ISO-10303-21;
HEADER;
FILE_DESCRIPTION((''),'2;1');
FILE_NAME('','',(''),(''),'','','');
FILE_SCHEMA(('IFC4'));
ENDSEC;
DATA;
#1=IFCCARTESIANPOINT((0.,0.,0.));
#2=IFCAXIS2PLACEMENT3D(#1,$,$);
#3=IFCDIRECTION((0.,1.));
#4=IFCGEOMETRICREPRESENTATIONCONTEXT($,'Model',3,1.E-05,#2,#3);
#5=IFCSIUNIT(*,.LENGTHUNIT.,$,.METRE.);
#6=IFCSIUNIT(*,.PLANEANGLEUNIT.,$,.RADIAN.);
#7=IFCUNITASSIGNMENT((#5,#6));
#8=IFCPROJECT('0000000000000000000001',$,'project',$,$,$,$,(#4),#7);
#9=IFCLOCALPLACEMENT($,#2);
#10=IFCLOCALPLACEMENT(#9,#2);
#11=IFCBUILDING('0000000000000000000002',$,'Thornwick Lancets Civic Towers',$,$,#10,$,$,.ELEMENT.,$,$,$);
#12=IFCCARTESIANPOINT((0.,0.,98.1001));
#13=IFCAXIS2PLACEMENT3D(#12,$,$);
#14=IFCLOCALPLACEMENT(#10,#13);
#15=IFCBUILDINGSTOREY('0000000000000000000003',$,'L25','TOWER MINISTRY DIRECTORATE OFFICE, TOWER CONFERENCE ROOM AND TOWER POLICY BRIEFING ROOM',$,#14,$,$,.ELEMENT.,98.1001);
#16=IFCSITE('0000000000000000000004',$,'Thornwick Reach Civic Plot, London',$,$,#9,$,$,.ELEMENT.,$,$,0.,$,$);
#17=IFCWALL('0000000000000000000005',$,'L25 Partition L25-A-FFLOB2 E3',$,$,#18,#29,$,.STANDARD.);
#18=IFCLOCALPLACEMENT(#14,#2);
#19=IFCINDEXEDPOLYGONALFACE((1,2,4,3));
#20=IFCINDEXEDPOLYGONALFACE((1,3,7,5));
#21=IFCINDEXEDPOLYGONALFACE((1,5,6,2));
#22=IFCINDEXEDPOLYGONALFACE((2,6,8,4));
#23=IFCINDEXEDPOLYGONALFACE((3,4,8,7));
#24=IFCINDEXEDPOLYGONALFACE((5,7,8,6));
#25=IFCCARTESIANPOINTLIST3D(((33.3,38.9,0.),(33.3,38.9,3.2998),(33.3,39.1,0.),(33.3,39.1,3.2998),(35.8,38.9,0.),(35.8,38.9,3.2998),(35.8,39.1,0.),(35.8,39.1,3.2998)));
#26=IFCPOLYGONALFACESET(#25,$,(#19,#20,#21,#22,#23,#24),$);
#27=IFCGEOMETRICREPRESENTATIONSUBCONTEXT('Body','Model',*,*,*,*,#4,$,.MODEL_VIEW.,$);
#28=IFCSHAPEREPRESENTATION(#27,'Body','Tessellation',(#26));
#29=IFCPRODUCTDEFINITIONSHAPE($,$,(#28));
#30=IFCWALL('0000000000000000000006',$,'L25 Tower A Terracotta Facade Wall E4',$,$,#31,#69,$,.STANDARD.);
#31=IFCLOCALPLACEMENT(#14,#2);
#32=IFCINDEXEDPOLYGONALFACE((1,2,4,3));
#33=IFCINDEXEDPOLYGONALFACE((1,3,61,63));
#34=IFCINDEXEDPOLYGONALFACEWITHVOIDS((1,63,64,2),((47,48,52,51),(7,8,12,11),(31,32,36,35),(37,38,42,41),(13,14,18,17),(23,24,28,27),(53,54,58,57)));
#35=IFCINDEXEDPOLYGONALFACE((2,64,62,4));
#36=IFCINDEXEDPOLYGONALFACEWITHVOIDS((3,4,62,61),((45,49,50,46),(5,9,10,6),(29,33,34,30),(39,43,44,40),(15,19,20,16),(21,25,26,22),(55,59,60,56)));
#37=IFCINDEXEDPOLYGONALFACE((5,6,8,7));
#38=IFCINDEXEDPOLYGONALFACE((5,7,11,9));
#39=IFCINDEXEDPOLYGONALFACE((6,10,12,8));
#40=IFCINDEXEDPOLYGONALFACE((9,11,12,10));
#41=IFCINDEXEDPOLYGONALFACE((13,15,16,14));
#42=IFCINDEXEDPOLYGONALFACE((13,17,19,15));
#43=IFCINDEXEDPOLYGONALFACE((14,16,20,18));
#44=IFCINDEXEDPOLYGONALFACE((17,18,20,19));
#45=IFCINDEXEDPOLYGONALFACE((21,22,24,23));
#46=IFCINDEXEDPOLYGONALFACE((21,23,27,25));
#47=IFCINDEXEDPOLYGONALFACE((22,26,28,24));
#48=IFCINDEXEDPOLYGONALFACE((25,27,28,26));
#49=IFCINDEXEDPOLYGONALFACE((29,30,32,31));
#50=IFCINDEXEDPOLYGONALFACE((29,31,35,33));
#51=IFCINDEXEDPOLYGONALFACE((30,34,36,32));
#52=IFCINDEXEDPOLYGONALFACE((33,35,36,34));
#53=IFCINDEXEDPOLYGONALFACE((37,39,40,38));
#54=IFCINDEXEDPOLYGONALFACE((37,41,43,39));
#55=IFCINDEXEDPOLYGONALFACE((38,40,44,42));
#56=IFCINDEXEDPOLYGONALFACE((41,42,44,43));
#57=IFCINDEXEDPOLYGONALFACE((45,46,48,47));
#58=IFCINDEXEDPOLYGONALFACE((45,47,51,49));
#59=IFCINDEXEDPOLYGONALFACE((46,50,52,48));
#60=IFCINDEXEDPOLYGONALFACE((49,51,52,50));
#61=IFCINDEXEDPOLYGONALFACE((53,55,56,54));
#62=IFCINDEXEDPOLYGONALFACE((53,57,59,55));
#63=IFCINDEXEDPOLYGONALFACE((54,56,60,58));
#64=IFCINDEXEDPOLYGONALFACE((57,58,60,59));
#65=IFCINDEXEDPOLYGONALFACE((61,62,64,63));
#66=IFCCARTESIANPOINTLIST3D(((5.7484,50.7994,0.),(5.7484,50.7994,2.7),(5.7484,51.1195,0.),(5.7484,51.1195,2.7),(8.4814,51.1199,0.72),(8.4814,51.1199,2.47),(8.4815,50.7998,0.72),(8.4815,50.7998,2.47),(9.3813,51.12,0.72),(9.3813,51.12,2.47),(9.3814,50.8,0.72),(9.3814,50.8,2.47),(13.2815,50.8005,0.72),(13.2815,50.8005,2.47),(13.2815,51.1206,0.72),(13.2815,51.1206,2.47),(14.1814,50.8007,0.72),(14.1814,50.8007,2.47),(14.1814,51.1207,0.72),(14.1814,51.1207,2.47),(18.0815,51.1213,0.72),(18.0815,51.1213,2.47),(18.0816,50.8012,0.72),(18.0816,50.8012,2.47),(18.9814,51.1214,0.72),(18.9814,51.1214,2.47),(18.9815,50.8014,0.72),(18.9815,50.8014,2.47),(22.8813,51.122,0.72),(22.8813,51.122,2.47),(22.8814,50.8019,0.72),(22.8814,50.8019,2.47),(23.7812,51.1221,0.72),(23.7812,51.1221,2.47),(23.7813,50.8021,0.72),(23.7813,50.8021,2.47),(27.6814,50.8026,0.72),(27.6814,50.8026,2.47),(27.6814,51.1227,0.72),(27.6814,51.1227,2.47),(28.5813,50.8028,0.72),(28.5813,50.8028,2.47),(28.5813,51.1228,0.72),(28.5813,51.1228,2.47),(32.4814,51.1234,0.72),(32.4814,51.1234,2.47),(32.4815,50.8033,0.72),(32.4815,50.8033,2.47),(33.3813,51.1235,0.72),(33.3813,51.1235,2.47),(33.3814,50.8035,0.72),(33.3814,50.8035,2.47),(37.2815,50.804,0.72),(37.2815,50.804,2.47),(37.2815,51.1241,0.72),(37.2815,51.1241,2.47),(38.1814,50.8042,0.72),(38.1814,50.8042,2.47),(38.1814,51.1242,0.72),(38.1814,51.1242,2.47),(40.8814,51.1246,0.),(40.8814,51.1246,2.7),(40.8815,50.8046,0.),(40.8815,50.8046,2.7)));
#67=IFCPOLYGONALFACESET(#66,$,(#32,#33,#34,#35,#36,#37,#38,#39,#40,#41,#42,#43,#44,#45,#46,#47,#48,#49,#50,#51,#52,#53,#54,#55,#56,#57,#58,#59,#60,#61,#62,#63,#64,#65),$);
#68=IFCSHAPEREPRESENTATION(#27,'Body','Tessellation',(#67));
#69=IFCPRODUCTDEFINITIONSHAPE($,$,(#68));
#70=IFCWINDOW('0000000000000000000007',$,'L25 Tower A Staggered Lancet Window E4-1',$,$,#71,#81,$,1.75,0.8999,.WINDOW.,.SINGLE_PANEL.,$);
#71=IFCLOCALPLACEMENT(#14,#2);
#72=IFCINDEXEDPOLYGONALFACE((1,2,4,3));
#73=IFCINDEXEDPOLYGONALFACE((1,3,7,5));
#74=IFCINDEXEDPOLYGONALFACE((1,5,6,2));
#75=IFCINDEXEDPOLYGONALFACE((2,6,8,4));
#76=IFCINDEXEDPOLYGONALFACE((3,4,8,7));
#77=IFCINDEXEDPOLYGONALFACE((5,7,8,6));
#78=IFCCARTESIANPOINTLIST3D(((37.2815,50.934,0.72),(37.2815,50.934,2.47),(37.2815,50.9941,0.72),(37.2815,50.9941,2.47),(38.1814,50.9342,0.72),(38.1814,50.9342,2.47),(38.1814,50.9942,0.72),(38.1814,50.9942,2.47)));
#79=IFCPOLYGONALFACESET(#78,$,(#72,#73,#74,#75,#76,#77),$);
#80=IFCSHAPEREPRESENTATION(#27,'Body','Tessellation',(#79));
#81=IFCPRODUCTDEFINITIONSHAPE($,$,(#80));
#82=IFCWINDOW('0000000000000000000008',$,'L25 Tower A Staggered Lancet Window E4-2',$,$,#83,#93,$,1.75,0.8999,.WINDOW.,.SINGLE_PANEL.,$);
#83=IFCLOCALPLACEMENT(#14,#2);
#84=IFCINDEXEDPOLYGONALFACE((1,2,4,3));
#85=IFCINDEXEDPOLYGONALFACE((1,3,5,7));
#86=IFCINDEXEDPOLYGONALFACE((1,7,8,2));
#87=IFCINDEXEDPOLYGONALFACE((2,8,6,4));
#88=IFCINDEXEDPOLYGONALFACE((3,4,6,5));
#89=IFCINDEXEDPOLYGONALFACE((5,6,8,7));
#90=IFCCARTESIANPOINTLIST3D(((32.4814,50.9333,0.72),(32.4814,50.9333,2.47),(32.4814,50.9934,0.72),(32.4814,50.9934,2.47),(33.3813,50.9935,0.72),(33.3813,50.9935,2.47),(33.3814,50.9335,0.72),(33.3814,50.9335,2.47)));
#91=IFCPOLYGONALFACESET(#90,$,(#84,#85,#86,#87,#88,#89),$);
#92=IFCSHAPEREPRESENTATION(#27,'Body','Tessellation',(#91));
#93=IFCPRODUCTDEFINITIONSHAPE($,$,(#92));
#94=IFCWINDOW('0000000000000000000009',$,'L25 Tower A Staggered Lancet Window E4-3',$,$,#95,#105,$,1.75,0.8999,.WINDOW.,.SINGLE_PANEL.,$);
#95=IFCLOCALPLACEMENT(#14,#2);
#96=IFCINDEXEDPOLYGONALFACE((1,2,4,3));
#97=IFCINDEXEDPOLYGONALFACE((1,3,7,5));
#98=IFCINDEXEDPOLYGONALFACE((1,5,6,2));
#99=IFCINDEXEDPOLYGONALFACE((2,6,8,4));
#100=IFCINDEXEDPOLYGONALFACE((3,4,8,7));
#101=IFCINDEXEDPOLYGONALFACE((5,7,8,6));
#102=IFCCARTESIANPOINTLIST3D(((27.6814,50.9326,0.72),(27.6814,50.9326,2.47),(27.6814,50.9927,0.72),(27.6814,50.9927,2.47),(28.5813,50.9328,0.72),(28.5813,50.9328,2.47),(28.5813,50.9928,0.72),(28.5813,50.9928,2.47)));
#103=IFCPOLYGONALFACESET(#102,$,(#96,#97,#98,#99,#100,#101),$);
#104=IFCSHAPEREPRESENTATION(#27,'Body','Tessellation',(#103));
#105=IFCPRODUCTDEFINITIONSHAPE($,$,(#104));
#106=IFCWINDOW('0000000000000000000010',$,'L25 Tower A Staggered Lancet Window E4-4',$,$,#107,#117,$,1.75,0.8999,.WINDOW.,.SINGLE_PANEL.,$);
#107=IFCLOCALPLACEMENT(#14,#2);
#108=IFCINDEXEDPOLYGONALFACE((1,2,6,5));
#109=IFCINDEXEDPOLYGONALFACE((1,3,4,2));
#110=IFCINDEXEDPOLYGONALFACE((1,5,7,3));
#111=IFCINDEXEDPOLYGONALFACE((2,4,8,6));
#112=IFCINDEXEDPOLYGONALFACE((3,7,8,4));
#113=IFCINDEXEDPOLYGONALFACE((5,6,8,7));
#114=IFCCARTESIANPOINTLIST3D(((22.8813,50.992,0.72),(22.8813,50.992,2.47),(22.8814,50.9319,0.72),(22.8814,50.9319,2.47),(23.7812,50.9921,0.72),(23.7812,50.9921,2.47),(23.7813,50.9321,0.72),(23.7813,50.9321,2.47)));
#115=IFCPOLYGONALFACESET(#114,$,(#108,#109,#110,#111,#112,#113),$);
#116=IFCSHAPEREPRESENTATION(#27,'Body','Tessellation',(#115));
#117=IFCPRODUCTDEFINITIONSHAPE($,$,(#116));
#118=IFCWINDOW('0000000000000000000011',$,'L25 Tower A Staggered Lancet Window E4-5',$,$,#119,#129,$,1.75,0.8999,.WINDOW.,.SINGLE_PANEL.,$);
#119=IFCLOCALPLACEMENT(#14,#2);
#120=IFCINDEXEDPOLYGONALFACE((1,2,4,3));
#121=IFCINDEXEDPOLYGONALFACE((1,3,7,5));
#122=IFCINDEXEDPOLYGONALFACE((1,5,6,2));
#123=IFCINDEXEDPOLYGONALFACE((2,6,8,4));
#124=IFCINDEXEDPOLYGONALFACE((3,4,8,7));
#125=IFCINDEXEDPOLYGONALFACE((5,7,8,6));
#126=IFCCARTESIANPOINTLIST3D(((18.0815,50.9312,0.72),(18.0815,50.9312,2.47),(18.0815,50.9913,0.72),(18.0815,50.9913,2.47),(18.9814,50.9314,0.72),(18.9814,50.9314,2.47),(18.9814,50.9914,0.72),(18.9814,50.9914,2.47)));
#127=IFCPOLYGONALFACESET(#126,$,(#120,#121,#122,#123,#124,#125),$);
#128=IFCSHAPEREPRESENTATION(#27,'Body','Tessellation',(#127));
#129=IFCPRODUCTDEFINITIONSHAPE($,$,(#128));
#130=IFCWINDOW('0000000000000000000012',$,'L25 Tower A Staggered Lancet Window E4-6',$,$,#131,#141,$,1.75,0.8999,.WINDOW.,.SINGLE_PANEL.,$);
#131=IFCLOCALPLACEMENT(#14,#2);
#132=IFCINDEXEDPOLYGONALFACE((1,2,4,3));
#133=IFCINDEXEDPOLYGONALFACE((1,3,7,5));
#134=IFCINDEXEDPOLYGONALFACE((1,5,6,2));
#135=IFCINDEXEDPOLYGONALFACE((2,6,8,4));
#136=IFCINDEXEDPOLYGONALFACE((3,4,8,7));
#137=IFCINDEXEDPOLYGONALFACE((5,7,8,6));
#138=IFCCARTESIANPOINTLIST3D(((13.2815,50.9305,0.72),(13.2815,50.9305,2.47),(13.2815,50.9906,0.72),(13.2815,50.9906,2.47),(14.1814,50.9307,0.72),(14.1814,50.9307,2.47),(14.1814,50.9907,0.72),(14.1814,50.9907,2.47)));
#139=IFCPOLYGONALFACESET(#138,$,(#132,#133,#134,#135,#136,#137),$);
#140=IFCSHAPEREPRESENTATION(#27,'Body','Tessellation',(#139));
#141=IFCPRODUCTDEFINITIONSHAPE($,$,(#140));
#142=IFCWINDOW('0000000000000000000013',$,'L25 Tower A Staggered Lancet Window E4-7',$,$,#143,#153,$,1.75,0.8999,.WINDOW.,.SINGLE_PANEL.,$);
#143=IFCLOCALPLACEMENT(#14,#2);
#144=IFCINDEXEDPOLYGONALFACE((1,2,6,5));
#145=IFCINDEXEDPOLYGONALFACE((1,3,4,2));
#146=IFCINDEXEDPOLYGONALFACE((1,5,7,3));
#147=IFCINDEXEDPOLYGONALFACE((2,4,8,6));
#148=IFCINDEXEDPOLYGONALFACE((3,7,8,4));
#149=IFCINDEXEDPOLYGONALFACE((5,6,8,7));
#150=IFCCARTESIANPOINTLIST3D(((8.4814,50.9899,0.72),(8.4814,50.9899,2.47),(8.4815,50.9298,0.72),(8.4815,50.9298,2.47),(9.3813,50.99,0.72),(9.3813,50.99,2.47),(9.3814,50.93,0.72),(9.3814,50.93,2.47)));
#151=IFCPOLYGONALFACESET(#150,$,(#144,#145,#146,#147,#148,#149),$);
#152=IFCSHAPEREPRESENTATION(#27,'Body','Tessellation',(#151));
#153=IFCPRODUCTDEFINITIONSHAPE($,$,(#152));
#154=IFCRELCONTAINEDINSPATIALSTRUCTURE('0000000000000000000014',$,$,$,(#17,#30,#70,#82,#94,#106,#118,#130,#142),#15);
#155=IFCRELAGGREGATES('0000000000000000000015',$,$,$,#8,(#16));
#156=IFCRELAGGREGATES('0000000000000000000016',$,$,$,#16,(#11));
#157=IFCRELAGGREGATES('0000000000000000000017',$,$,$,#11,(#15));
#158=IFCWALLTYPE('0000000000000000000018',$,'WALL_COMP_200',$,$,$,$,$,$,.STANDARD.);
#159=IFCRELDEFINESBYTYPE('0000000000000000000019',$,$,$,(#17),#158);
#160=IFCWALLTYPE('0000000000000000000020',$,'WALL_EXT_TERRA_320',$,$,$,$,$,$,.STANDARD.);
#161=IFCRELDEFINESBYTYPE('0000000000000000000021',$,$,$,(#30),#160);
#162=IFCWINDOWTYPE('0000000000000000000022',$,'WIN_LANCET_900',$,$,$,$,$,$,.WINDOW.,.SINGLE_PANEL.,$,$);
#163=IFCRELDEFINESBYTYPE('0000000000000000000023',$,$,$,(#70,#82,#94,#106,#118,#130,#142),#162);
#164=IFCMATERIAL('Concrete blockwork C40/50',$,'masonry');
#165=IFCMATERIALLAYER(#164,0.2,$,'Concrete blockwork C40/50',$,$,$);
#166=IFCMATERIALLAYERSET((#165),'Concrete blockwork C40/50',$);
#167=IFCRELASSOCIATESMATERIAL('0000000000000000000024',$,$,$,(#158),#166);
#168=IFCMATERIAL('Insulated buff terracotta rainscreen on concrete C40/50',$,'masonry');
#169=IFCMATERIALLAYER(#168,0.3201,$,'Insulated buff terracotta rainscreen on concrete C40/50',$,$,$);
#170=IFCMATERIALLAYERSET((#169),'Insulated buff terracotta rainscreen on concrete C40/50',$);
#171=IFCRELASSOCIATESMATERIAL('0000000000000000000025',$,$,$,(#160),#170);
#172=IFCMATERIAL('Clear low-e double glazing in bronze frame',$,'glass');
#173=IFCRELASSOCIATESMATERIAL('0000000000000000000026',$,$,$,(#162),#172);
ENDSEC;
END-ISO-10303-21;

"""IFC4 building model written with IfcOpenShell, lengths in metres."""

from ifc_helpers import new_model, si_unit, direction, frame, frame_2d, origin, place, context, subcontext, project, spatial, rectangle, extrude, material, layer, layer_set, type_object, element, fill, save


model = new_model("IFC4")

# Units and contexts
model_context = context("Model", 3, precision=1e-05, world=origin(), true_north=direction((0.0, 1.0)))
body_context = subcontext(model_context, "Body", "Model", "MODEL_VIEW")
ifc_project = project(units=[si_unit("LENGTHUNIT", "METRE"), si_unit("PLANEANGLEUNIT", "RADIAN")], contexts=[model_context])

# Site, building, storey
site_placement = place(None, origin())
site = spatial("IfcSite", under=ifc_project, at=site_placement, Name="Thornwick Reach Civic Plot, London", CompositionType="ELEMENT", RefElevation=0.0)
building_placement = place(site_placement, origin())
building = spatial("IfcBuilding", under=site, at=building_placement, Name="Thornwick Lancets Civic Towers", CompositionType="ELEMENT")
storey_placement = place(building_placement, frame((0.0, 0.0, 98.1001)))
storey = spatial("IfcBuildingStorey", under=building, at=storey_placement, Name="L25", Description="TOWER MINISTRY DIRECTORATE OFFICE, TOWER CONFERENCE ROOM AND TOWER POLICY BRIEFING ROOM", CompositionType="ELEMENT", Elevation=98.1001)

# Wall
ifc_material_1 = material(Name="Concrete blockwork C40/50", Category="masonry")
ifc_layer_1 = layer(ifc_material_1, 0.2, Name="Concrete blockwork C40/50")
ifc_layer_set_1 = layer_set([ifc_layer_1], Name="Concrete blockwork C40/50")
wall_type_1 = type_object("IfcWallType", Name="WALL_COMP_200", PredefinedType="STANDARD", material=ifc_layer_set_1)
wall_1_placement = place(storey_placement, frame((35.8, 39.0, 0.0), z_axis=(0.0, 0.0, 1.0), x_axis=(-1.0, 0.0, 0.0)))
element("IfcWall", 1, at=wall_1_placement, inside=storey, type_object=wall_type_1, Name="L25 Partition L25-A-FFLOB2 E3", PredefinedType="STANDARD", context=body_context, shape_type="SweptSolid", body=[
    extrude(rectangle(XDim=2.5, YDim=0.2, at=frame_2d((1.25, 0.0))), origin(), (0.0, 0.0, 1.0), 3.2998),
])

# Wall, openings, windows
ifc_material_2 = material(Name="Insulated buff terracotta rainscreen on concrete C40/50", Category="masonry")
ifc_layer_2 = layer(ifc_material_2, 0.3201, Name="Insulated buff terracotta rainscreen on concrete C40/50")
ifc_layer_set_2 = layer_set([ifc_layer_2], Name="Insulated buff terracotta rainscreen on concrete C40/50")
wall_type_2 = type_object("IfcWallType", Name="WALL_EXT_TERRA_320", PredefinedType="STANDARD", material=ifc_layer_set_2)
wall_2_placement = place(storey_placement, frame((40.8813, 50.9646, 0.0), z_axis=(0.0, 0.0, 1.0), x_axis=(-1.0, -0.000146, 0.0)))
wall_2 = element("IfcWall", 2, at=wall_2_placement, inside=storey, type_object=wall_type_2, Name="L25 Tower A Terracotta Facade Wall E4", PredefinedType="STANDARD", context=body_context, shape_type="SweptSolid", body=[
    extrude(rectangle(XDim=35.1331, YDim=0.3201, at=frame_2d((17.5664, 0.0))), origin(), (0.0, 0.0, 1.0), 2.7),
])
opening_1_placement = place(wall_2_placement, frame((2.7, 0.0, 0.72)))
opening_1 = element("IfcOpeningElement", 3, at=opening_1_placement, cuts=wall_2, PredefinedType="OPENING", context=body_context, shape_type="SweptSolid", body=[
    extrude(rectangle(XDim=0.8999, YDim=1.75, at=frame_2d((0.45, 0.875))), frame((0.0, 0.1699, 0.0), z_axis=(0.0, -1.0, 0.0), x_axis=(1.0, 0.0, 0.0)), (0.0, 0.0, 1.0), 0.3401),
])
opening_2_placement = place(wall_2_placement, frame((7.5, 0.0, 0.72)))
opening_2 = element("IfcOpeningElement", 4, at=opening_2_placement, cuts=wall_2, PredefinedType="OPENING", context=body_context, shape_type="SweptSolid", body=[
    extrude(rectangle(XDim=0.8999, YDim=1.75, at=frame_2d((0.45, 0.875))), frame((0.0, 0.1699, 0.0), z_axis=(0.0, -1.0, 0.0), x_axis=(1.0, 0.0, 0.0)), (0.0, 0.0, 1.0), 0.3401),
])
opening_3_placement = place(wall_2_placement, frame((12.3, 0.0, 0.72)))
opening_3 = element("IfcOpeningElement", 5, at=opening_3_placement, cuts=wall_2, PredefinedType="OPENING", context=body_context, shape_type="SweptSolid", body=[
    extrude(rectangle(XDim=0.8999, YDim=1.75, at=frame_2d((0.45, 0.875))), frame((0.0, 0.1699, 0.0), z_axis=(0.0, -1.0, 0.0), x_axis=(1.0, 0.0, 0.0)), (0.0, 0.0, 1.0), 0.3401),
])
opening_4_placement = place(wall_2_placement, frame((17.1001, 0.0, 0.72)))
opening_4 = element("IfcOpeningElement", 6, at=opening_4_placement, cuts=wall_2, PredefinedType="OPENING", context=body_context, shape_type="SweptSolid", body=[
    extrude(rectangle(XDim=0.8999, YDim=1.75, at=frame_2d((0.45, 0.875))), frame((0.0, 0.1699, 0.0), z_axis=(0.0, -1.0, 0.0), x_axis=(1.0, 0.0, 0.0)), (0.0, 0.0, 1.0), 0.3401),
])
opening_5_placement = place(wall_2_placement, frame((21.8999, 0.0, 0.72)))
opening_5 = element("IfcOpeningElement", 7, at=opening_5_placement, cuts=wall_2, PredefinedType="OPENING", context=body_context, shape_type="SweptSolid", body=[
    extrude(rectangle(XDim=0.8999, YDim=1.75, at=frame_2d((0.45, 0.875))), frame((0.0, 0.1699, 0.0), z_axis=(0.0, -1.0, 0.0), x_axis=(1.0, 0.0, 0.0)), (0.0, 0.0, 1.0), 0.3401),
])
opening_6_placement = place(wall_2_placement, frame((26.7, 0.0, 0.72)))
opening_6 = element("IfcOpeningElement", 8, at=opening_6_placement, cuts=wall_2, PredefinedType="OPENING", context=body_context, shape_type="SweptSolid", body=[
    extrude(rectangle(XDim=0.8999, YDim=1.75, at=frame_2d((0.45, 0.875))), frame((0.0, 0.1699, 0.0), z_axis=(0.0, -1.0, 0.0), x_axis=(1.0, 0.0, 0.0)), (0.0, 0.0, 1.0), 0.3401),
])
opening_7_placement = place(wall_2_placement, frame((31.5, 0.0, 0.72)))
opening_7 = element("IfcOpeningElement", 9, at=opening_7_placement, cuts=wall_2, PredefinedType="OPENING", context=body_context, shape_type="SweptSolid", body=[
    extrude(rectangle(XDim=0.8999, YDim=1.75, at=frame_2d((0.45, 0.875))), frame((0.0, 0.1699, 0.0), z_axis=(0.0, -1.0, 0.0), x_axis=(1.0, 0.0, 0.0)), (0.0, 0.0, 1.0), 0.3401),
])
ifc_material_3 = material(Name="Clear low-e double glazing in bronze frame", Category="glass")
window_type = type_object("IfcWindowType", Name="WIN_LANCET_900", PartitioningType="SINGLE_PANEL", PredefinedType="WINDOW", material=ifc_material_3)
window_1_placement = place(opening_1_placement, origin())
window_1 = element("IfcWindow", 10, at=window_1_placement, inside=storey, type_object=window_type, Name="L25 Tower A Staggered Lancet Window E4-1", OverallHeight=1.75, OverallWidth=0.8999, PartitioningType="SINGLE_PANEL", PredefinedType="WINDOW", context=body_context, shape_type="SweptSolid", body=[
    extrude(rectangle(XDim=0.8999, YDim=1.75, at=frame_2d((0.45, 0.875))), frame((0.0, 0.03, 0.0), z_axis=(0.0, -1.0, 0.0), x_axis=(1.0, 0.0, 0.0)), (0.0, 0.0, 1.0), 0.0601),
])
fill(opening_1, window_1)
window_2_placement = place(opening_2_placement, origin())
window_2 = element("IfcWindow", 11, at=window_2_placement, inside=storey, type_object=window_type, Name="L25 Tower A Staggered Lancet Window E4-2", OverallHeight=1.75, OverallWidth=0.8999, PartitioningType="SINGLE_PANEL", PredefinedType="WINDOW", context=body_context, shape_type="SweptSolid", body=[
    extrude(rectangle(XDim=0.8999, YDim=1.75, at=frame_2d((0.45, 0.875))), frame((0.0, 0.03, 0.0), z_axis=(0.0, -1.0, 0.0), x_axis=(1.0, 0.0, 0.0)), (0.0, 0.0, 1.0), 0.0601),
])
fill(opening_2, window_2)
window_3_placement = place(opening_3_placement, origin())
window_3 = element("IfcWindow", 12, at=window_3_placement, inside=storey, type_object=window_type, Name="L25 Tower A Staggered Lancet Window E4-3", OverallHeight=1.75, OverallWidth=0.8999, PartitioningType="SINGLE_PANEL", PredefinedType="WINDOW", context=body_context, shape_type="SweptSolid", body=[
    extrude(rectangle(XDim=0.8999, YDim=1.75, at=frame_2d((0.45, 0.875))), frame((0.0, 0.03, 0.0), z_axis=(0.0, -1.0, 0.0), x_axis=(1.0, 0.0, 0.0)), (0.0, 0.0, 1.0), 0.0601),
])
fill(opening_3, window_3)
window_4_placement = place(opening_4_placement, origin())
window_4 = element("IfcWindow", 13, at=window_4_placement, inside=storey, type_object=window_type, Name="L25 Tower A Staggered Lancet Window E4-4", OverallHeight=1.75, OverallWidth=0.8999, PartitioningType="SINGLE_PANEL", PredefinedType="WINDOW", context=body_context, shape_type="SweptSolid", body=[
    extrude(rectangle(XDim=0.8999, YDim=1.75, at=frame_2d((0.45, 0.875))), frame((0.0, 0.03, 0.0), z_axis=(0.0, -1.0, 0.0), x_axis=(1.0, 0.0, 0.0)), (0.0, 0.0, 1.0), 0.0601),
])
fill(opening_4, window_4)
window_5_placement = place(opening_5_placement, origin())
window_5 = element("IfcWindow", 14, at=window_5_placement, inside=storey, type_object=window_type, Name="L25 Tower A Staggered Lancet Window E4-5", OverallHeight=1.75, OverallWidth=0.8999, PartitioningType="SINGLE_PANEL", PredefinedType="WINDOW", context=body_context, shape_type="SweptSolid", body=[
    extrude(rectangle(XDim=0.8999, YDim=1.75, at=frame_2d((0.45, 0.875))), frame((0.0, 0.03, 0.0), z_axis=(0.0, -1.0, 0.0), x_axis=(1.0, 0.0, 0.0)), (0.0, 0.0, 1.0), 0.0601),
])
fill(opening_5, window_5)
window_6_placement = place(opening_6_placement, origin())
window_6 = element("IfcWindow", 15, at=window_6_placement, inside=storey, type_object=window_type, Name="L25 Tower A Staggered Lancet Window E4-6", OverallHeight=1.75, OverallWidth=0.8999, PartitioningType="SINGLE_PANEL", PredefinedType="WINDOW", context=body_context, shape_type="SweptSolid", body=[
    extrude(rectangle(XDim=0.8999, YDim=1.75, at=frame_2d((0.45, 0.875))), frame((0.0, 0.03, 0.0), z_axis=(0.0, -1.0, 0.0), x_axis=(1.0, 0.0, 0.0)), (0.0, 0.0, 1.0), 0.0601),
])
fill(opening_6, window_6)
window_7_placement = place(opening_7_placement, origin())
window_7 = element("IfcWindow", 16, at=window_7_placement, inside=storey, type_object=window_type, Name="L25 Tower A Staggered Lancet Window E4-7", OverallHeight=1.75, OverallWidth=0.8999, PartitioningType="SINGLE_PANEL", PredefinedType="WINDOW", context=body_context, shape_type="SweptSolid", body=[
    extrude(rectangle(XDim=0.8999, YDim=1.75, at=frame_2d((0.45, 0.875))), frame((0.0, 0.03, 0.0), z_axis=(0.0, -1.0, 0.0), x_axis=(1.0, 0.0, 0.0)), (0.0, 0.0, 1.0), 0.0601),
])
fill(opening_7, window_7)

save(model, "model.ifc")
